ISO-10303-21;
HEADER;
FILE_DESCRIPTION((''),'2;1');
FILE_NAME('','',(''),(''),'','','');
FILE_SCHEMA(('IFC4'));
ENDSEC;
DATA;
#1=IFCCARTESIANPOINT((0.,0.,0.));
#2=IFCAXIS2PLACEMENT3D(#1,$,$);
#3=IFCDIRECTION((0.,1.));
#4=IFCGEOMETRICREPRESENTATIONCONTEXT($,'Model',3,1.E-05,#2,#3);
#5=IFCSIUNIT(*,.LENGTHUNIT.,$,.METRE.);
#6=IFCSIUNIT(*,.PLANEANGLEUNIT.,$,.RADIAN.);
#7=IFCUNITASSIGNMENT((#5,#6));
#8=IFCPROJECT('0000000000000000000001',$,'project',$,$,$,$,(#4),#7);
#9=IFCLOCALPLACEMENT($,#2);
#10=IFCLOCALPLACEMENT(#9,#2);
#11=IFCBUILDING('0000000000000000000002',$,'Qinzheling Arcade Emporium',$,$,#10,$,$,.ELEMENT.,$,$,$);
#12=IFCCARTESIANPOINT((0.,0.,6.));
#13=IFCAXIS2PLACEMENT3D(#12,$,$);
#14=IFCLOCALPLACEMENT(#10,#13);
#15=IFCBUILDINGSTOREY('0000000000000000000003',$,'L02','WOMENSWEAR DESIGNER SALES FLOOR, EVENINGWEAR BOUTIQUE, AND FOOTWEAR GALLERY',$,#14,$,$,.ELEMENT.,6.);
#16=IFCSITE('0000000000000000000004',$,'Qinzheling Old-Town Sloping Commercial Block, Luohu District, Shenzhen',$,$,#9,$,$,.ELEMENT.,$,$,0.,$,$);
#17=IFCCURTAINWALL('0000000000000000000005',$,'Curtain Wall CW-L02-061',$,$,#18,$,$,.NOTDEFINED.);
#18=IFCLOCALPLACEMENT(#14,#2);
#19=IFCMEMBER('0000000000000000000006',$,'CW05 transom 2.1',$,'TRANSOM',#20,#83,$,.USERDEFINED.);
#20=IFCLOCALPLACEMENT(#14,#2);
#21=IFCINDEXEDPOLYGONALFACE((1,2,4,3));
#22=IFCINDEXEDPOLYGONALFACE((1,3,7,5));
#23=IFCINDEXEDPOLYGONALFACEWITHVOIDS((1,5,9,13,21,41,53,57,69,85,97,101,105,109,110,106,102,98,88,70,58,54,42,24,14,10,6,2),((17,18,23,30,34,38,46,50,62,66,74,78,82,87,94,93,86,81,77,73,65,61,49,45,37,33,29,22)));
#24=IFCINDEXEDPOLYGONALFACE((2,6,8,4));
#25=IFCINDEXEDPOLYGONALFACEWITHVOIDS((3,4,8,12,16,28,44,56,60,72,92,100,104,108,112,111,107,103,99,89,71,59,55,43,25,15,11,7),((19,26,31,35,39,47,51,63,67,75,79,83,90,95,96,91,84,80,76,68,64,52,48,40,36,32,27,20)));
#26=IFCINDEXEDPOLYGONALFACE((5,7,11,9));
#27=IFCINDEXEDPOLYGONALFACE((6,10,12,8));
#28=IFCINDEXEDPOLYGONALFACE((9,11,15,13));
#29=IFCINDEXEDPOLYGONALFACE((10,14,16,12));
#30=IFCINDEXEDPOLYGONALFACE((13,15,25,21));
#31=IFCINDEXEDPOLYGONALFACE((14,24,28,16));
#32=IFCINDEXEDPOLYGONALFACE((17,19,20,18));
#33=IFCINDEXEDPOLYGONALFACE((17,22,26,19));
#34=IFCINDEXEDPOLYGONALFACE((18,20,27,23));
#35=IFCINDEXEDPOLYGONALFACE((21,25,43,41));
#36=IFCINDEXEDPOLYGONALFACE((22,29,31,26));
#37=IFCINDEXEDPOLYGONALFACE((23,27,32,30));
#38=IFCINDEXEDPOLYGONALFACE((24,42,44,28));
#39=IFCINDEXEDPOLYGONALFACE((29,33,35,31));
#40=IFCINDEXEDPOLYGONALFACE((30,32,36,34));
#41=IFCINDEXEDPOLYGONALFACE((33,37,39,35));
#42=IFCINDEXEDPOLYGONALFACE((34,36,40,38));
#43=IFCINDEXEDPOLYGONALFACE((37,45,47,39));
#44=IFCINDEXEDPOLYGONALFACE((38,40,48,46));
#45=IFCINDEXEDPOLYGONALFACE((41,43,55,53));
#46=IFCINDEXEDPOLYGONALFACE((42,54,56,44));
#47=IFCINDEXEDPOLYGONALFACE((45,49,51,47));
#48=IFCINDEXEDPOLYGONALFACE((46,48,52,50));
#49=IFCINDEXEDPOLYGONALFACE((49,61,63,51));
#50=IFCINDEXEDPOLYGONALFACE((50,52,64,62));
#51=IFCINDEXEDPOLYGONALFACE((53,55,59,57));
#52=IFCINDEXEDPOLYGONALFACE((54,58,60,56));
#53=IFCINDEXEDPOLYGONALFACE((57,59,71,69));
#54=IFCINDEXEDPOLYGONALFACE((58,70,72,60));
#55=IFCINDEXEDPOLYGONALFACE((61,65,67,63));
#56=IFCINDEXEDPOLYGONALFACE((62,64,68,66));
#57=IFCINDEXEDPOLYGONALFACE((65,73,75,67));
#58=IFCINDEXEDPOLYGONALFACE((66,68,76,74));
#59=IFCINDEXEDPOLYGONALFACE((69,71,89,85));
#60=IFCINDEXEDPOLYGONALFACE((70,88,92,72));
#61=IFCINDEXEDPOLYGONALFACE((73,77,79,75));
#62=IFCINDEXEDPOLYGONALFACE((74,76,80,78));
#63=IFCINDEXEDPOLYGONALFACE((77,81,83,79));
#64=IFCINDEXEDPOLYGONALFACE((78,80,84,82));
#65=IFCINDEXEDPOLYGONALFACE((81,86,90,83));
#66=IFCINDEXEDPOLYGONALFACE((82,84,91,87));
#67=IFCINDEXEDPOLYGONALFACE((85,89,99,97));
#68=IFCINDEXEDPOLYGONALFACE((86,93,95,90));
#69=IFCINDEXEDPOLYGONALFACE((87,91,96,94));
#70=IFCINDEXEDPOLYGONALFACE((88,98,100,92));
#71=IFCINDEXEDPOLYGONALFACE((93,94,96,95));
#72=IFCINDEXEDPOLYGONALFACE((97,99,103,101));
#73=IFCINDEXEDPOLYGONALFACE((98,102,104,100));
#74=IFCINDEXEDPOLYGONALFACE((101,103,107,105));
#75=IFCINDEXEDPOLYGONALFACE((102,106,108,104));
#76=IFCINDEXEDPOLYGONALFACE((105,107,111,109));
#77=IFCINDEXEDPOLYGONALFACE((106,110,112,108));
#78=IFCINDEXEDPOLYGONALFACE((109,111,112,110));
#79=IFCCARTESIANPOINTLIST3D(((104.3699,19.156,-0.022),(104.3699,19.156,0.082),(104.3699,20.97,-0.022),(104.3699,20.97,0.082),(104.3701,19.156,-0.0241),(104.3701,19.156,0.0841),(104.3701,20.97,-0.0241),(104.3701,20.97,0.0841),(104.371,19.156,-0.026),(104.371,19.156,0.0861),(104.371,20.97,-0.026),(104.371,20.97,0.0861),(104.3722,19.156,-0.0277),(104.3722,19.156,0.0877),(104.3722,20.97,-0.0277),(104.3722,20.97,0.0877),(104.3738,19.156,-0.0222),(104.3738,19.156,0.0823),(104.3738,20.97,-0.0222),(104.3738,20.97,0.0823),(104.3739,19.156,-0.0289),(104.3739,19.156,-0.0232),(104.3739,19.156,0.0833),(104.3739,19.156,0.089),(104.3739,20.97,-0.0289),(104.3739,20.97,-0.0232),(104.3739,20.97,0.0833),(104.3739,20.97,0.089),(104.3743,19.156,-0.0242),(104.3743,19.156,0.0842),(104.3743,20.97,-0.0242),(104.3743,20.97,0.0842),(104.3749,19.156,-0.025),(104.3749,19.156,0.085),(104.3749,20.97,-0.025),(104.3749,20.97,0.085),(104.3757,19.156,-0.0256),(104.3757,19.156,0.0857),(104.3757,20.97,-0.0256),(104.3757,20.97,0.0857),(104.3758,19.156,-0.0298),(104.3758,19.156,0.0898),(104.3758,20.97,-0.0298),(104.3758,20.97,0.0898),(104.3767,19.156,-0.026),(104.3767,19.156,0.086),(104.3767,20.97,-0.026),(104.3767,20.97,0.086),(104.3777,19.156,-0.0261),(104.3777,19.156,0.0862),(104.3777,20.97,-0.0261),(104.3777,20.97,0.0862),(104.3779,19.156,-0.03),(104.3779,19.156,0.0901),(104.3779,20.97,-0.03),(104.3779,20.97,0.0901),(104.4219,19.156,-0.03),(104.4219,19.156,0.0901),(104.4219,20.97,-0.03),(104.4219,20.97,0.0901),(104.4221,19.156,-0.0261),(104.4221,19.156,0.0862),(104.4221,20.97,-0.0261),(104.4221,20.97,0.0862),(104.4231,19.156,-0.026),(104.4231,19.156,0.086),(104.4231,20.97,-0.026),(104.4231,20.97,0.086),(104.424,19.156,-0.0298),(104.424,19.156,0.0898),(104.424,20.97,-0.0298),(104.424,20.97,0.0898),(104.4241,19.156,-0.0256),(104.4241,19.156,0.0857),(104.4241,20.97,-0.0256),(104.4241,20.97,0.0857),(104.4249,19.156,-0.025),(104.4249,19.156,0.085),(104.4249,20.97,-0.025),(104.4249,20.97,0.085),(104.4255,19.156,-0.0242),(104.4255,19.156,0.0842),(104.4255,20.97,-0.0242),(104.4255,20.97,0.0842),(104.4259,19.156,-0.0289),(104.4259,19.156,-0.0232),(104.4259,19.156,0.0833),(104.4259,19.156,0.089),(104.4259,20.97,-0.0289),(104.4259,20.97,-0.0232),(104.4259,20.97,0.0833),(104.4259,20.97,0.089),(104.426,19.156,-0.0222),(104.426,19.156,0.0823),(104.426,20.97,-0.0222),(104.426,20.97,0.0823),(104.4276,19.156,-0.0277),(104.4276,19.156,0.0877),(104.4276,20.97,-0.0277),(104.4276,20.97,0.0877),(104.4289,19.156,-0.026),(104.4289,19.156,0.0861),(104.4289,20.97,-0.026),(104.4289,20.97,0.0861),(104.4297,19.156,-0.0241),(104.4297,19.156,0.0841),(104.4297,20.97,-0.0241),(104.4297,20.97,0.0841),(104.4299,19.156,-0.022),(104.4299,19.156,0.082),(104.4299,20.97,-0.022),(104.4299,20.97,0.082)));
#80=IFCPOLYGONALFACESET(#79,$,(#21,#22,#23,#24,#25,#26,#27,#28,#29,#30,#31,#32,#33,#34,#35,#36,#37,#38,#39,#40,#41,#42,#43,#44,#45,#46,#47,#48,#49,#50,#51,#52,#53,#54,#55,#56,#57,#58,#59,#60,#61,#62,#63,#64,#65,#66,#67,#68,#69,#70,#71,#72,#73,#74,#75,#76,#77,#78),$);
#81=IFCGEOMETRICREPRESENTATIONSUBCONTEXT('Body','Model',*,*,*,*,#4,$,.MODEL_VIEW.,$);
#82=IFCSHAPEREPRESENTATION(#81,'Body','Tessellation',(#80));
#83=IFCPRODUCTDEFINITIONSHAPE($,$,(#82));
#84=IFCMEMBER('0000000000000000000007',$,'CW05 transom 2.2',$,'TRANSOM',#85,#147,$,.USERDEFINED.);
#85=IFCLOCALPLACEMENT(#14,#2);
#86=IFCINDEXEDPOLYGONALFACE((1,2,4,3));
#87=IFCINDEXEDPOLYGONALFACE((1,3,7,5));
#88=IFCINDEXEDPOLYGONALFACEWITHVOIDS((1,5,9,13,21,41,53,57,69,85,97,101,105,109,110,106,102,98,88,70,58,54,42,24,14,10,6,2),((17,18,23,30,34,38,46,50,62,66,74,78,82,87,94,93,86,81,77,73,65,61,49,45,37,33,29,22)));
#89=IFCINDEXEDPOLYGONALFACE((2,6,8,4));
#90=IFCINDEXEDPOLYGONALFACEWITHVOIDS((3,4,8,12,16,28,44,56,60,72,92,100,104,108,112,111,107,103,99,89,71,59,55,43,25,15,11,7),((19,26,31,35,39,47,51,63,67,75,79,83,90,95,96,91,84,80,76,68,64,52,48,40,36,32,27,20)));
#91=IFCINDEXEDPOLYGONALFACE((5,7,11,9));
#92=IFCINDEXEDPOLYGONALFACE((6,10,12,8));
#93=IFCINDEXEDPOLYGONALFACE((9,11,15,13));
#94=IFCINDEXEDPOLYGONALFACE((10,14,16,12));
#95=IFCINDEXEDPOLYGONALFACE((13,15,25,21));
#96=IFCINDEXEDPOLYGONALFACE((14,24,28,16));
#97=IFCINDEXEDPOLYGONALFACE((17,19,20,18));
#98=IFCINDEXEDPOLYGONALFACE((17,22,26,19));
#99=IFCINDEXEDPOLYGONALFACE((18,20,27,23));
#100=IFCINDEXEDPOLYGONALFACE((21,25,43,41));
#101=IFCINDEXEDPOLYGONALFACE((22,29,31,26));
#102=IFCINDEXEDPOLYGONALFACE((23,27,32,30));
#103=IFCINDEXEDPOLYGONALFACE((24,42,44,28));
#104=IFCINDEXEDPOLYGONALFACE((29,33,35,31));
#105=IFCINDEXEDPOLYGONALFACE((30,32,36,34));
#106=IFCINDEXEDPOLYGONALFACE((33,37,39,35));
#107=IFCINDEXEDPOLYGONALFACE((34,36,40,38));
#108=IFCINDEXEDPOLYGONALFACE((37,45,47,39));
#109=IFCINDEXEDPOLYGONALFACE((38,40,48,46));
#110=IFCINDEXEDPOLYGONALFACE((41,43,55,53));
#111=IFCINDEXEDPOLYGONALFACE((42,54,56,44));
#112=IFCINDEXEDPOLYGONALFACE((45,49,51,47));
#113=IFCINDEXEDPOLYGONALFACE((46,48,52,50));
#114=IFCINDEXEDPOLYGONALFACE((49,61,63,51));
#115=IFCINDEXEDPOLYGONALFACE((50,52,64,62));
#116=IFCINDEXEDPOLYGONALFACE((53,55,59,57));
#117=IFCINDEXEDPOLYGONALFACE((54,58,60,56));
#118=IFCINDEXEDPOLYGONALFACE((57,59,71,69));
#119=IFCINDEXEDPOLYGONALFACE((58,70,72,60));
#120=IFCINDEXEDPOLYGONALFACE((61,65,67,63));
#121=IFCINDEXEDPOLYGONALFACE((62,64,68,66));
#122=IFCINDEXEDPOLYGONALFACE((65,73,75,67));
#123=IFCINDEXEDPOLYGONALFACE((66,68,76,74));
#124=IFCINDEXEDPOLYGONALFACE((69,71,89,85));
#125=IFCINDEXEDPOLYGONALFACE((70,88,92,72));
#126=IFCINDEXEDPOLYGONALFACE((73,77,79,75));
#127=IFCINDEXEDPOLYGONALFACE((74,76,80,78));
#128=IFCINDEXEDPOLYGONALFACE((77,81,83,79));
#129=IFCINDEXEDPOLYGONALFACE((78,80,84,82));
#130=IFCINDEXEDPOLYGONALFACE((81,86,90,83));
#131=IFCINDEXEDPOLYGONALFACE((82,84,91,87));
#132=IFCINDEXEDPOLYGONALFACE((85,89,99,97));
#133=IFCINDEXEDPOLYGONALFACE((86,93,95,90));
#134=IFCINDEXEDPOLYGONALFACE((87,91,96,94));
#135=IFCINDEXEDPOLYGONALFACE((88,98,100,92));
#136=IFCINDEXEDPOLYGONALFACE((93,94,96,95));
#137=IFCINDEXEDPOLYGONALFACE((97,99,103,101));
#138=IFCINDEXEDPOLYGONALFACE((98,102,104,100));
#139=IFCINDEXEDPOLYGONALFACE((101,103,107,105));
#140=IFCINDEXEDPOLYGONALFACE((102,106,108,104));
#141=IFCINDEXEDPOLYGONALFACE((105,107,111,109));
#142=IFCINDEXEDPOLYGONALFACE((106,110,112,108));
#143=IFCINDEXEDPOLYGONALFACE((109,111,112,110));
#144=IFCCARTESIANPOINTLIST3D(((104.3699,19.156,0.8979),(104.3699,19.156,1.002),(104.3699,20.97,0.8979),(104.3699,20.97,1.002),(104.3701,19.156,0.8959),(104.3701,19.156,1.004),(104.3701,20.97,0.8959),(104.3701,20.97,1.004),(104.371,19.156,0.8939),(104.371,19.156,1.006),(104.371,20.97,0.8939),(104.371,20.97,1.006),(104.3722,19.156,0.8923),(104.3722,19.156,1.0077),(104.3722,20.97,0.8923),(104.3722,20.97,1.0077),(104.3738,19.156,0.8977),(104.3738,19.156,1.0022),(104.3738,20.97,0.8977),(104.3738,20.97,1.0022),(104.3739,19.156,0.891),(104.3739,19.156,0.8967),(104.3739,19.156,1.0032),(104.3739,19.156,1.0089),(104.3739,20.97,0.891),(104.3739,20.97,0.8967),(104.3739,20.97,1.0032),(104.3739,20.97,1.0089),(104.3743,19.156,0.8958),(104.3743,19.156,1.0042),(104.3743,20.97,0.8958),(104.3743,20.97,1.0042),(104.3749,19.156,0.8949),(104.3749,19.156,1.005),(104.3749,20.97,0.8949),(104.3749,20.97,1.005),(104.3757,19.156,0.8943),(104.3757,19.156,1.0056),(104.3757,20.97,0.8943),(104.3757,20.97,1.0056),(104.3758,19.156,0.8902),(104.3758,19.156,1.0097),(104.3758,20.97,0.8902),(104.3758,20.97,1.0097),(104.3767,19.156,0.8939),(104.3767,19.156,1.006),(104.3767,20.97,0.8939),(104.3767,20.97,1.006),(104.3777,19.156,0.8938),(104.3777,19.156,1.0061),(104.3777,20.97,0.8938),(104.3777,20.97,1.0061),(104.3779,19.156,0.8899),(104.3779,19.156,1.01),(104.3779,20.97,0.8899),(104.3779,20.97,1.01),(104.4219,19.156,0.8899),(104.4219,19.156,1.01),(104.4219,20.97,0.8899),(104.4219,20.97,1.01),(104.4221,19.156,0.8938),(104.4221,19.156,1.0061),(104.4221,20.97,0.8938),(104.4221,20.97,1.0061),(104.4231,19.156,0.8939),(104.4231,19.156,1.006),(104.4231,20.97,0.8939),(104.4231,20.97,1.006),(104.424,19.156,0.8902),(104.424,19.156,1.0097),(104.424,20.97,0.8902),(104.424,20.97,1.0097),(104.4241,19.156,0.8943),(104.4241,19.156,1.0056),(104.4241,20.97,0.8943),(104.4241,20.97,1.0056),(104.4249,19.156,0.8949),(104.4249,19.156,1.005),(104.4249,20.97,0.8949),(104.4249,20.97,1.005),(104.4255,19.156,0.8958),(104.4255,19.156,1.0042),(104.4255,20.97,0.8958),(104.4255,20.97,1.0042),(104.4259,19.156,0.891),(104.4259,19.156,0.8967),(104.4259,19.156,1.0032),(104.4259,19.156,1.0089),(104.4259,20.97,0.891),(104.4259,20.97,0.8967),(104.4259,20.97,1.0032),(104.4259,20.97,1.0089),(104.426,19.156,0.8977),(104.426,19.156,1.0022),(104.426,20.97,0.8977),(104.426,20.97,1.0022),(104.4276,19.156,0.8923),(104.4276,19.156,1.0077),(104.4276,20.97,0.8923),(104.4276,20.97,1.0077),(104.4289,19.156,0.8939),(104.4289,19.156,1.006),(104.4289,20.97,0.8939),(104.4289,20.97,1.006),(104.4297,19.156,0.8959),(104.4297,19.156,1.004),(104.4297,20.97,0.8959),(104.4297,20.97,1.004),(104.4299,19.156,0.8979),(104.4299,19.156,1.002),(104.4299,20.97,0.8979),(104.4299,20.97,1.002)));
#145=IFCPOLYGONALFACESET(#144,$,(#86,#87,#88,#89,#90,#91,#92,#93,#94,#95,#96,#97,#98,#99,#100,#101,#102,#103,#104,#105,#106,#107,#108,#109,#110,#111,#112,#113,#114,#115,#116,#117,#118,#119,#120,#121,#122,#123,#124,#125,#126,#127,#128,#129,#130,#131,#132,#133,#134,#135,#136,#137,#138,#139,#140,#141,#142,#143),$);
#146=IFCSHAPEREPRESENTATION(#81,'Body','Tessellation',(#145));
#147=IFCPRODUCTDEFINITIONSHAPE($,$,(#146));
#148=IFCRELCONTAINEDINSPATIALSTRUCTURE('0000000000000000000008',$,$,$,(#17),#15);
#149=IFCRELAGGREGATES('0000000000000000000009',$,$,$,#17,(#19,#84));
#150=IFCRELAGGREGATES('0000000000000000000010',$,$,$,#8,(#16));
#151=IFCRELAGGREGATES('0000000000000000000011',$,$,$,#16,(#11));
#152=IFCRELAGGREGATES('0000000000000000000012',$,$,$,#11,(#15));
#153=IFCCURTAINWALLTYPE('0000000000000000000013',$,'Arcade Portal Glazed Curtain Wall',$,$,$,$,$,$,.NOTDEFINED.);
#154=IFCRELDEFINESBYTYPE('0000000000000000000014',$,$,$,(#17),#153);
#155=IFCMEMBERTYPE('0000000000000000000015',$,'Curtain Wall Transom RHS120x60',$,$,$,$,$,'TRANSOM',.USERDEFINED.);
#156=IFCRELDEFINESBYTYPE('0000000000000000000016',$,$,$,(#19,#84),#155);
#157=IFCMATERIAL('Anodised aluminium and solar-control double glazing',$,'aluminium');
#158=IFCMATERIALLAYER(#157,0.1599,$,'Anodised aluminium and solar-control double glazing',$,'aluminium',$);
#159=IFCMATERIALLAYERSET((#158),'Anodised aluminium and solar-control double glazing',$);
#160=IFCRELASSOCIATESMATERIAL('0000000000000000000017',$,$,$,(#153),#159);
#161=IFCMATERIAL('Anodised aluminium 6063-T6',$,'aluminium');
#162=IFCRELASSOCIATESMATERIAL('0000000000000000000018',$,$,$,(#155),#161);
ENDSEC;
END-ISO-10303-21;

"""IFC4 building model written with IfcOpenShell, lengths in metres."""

from ifc_helpers import new_model, si_unit, direction, frame, origin, origin_2d, place, context, subcontext, project, spatial, hollow_rectangle, extrude, material, layer, layer_set, material_profile, profile_set, type_object, element, aggregate, save


model = new_model("IFC4")

# Units and contexts
model_context = context("Model", 3, precision=1e-05, world=origin(), true_north=direction((0.0, 1.0)))
body_context = subcontext(model_context, "Body", "Model", "MODEL_VIEW")
ifc_project = project(units=[si_unit("LENGTHUNIT", "METRE"), si_unit("PLANEANGLEUNIT", "RADIAN")], contexts=[model_context])

# Site, building, storey
site_placement = place(None, origin())
site = spatial("IfcSite", under=ifc_project, at=site_placement, Name="Qinzheling Old-Town Sloping Commercial Block, Luohu District, Shenzhen", CompositionType="ELEMENT", RefElevation=0.0)
building_placement = place(site_placement, origin())
building = spatial("IfcBuilding", under=site, at=building_placement, Name="Qinzheling Arcade Emporium", CompositionType="ELEMENT")
storey_placement = place(building_placement, frame((0.0, 0.0, 6.0)))
storey = spatial("IfcBuildingStorey", under=building, at=storey_placement, Name="L02", Description="WOMENSWEAR DESIGNER SALES FLOOR, EVENINGWEAR BOUTIQUE, AND FOOTWEAR GALLERY", CompositionType="ELEMENT", Elevation=6.0)

# Curtain wall, members
ifc_material_1 = material(Name="Anodised aluminium and solar-control double glazing", Category="aluminium")
ifc_layer_1 = layer(ifc_material_1, 0.1599, Name="Anodised aluminium and solar-control double glazing", Category="aluminium")
ifc_layer_set_1 = layer_set([ifc_layer_1], Name="Anodised aluminium and solar-control double glazing")
curtain_wall_type = type_object("IfcCurtainWallType", Name="Arcade Portal Glazed Curtain Wall", PredefinedType="NOTDEFINED", material=ifc_layer_set_1)
curtain_wall_placement = place(storey_placement, origin())
curtain_wall = element("IfcCurtainWall", 1, at=curtain_wall_placement, inside=storey, type_object=curtain_wall_type, Name="Curtain Wall CW-L02-061", PredefinedType="NOTDEFINED")
ifc_material_2 = material(Name="Anodised aluminium 6063-T6", Category="aluminium")
ifc_material_profile_1 = material_profile(ifc_material_2, hollow_rectangle(XDim=0.0601, YDim=0.1201, WallThickness=0.0039, InnerFilletRadius=0.0039, OuterFilletRadius=0.0081, at=origin_2d()), Name="RHS 120x60x4", Category="aluminium")
ifc_profile_set_1 = profile_set([ifc_material_profile_1], Name="Anodised aluminium 6063-T6")
member_type_1 = type_object("IfcMemberType", Name="Curtain Wall Transom RHS120x60", ElementType="TRANSOM", PredefinedType="USERDEFINED", material=ifc_profile_set_1)
member_1_placement = place(storey_placement, frame((104.3999, 19.156, 0.03), z_axis=(0.0, 1.0, 0.0), x_axis=(-1.0, 0.0, 0.0)))
member_1 = element("IfcMember", 2, at=member_1_placement, type_object=member_type_1, Name="CW05 transom 2.1", ObjectType="TRANSOM", PredefinedType="USERDEFINED", context=body_context, shape_type="SweptSolid", body=[
    extrude(hollow_rectangle(XDim=0.0601, YDim=0.1201, WallThickness=0.0039, InnerFilletRadius=0.0039, OuterFilletRadius=0.0081, at=origin_2d()), origin(), (0.0, 0.0, 1.0), 1.814),
])
member_2_placement = place(storey_placement, frame((104.3999, 19.156, 0.95), z_axis=(0.0, 1.0, 0.0), x_axis=(-1.0, 0.0, 0.0)))
member_2 = element("IfcMember", 3, at=member_2_placement, type_object=member_type_1, Name="CW05 transom 2.2", ObjectType="TRANSOM", PredefinedType="USERDEFINED", context=body_context, shape_type="SweptSolid", body=[
    extrude(hollow_rectangle(XDim=0.0601, YDim=0.1201, WallThickness=0.0039, InnerFilletRadius=0.0039, OuterFilletRadius=0.0081, at=origin_2d()), origin(), (0.0, 0.0, 1.0), 1.814),
])

aggregate(curtain_wall, [member_1, member_2])

save(model, "model.ifc")
